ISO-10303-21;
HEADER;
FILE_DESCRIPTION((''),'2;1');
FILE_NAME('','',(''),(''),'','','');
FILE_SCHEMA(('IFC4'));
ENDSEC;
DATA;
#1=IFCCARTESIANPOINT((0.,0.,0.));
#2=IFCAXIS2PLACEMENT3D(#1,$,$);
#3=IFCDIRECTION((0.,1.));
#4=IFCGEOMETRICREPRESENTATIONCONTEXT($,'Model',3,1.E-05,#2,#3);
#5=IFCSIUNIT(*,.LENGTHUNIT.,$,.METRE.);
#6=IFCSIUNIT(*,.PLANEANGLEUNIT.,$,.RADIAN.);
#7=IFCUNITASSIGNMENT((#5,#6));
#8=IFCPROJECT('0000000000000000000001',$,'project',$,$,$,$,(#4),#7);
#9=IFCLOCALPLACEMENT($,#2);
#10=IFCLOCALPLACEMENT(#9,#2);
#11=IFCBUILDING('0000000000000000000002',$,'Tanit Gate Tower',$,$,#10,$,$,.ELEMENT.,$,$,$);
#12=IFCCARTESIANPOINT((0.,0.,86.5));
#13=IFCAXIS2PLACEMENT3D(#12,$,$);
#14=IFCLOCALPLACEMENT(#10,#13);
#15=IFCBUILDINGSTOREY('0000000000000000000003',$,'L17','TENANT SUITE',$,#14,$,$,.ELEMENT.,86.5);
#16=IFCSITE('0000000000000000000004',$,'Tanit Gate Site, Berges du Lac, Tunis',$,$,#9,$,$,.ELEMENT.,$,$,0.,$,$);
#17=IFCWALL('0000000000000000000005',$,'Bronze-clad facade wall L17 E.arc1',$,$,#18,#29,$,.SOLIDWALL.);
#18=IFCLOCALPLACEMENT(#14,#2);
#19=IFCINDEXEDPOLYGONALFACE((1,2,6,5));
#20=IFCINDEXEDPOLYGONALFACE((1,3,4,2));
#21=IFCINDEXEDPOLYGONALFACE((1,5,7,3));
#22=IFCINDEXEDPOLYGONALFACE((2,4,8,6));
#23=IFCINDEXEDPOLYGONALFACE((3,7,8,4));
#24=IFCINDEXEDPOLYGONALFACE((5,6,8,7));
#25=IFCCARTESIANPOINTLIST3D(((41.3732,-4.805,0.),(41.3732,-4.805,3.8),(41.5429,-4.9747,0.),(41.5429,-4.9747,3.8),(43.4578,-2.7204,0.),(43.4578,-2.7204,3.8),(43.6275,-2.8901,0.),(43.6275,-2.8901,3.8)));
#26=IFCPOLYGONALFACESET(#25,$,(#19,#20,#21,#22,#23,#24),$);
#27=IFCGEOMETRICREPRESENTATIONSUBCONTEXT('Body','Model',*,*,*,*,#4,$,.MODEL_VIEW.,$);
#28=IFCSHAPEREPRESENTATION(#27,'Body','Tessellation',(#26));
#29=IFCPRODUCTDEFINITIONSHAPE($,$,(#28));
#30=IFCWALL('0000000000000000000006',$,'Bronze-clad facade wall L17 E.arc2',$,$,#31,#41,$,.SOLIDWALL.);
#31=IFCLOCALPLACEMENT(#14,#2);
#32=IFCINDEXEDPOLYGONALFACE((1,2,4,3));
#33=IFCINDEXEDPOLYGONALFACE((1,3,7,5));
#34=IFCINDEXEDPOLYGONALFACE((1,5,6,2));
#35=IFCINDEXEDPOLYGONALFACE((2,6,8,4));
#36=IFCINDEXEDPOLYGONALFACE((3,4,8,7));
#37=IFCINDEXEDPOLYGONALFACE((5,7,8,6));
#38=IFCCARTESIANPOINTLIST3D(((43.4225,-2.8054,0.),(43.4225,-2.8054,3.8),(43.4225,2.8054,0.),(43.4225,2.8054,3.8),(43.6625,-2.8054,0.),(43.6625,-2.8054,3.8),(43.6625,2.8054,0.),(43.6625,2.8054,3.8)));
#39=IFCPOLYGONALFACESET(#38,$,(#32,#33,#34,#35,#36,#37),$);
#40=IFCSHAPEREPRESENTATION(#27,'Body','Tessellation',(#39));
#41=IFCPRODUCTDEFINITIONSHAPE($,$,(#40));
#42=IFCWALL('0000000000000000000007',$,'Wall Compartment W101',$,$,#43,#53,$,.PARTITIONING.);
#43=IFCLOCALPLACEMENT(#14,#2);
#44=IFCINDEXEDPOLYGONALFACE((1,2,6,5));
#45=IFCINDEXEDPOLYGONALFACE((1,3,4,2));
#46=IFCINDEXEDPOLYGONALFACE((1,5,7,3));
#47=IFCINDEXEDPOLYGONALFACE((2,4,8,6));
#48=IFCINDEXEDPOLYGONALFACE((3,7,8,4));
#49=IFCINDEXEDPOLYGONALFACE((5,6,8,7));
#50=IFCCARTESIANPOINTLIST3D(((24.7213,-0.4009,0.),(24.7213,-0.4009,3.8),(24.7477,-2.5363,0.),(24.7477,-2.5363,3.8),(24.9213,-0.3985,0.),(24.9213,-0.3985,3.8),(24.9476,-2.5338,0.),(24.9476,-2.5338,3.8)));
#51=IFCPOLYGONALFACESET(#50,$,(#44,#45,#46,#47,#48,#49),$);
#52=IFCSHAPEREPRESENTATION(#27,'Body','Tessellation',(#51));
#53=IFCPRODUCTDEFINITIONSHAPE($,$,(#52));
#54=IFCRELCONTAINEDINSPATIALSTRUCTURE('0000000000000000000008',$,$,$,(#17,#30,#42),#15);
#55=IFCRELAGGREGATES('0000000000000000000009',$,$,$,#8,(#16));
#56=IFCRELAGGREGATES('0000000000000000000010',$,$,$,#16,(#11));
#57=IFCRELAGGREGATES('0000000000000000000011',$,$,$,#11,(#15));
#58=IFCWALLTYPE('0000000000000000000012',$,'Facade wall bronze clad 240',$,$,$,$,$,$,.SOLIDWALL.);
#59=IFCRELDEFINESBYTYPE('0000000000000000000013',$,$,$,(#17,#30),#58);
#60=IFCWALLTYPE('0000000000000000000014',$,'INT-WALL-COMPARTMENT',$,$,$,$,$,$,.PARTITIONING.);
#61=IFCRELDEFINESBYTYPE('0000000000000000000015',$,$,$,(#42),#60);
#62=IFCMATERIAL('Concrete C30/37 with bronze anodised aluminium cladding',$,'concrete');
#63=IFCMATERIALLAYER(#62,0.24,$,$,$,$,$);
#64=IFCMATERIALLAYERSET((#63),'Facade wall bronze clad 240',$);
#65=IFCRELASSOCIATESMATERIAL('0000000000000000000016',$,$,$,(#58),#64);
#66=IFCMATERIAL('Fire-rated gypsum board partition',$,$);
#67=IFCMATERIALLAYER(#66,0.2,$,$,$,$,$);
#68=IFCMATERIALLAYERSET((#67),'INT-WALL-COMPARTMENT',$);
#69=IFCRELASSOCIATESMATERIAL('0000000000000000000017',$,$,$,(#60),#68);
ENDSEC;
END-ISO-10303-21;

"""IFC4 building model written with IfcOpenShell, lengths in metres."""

from ifc_helpers import new_model, si_unit, direction, frame, frame_2d, origin, place, context, subcontext, project, spatial, rectangle, extrude, material, layer, layer_set, type_object, element, save


model = new_model("IFC4")

# Units and contexts
model_context = context("Model", 3, precision=1e-05, world=origin(), true_north=direction((0.0, 1.0)))
body_context = subcontext(model_context, "Body", "Model", "MODEL_VIEW")
ifc_project = project(units=[si_unit("LENGTHUNIT", "METRE"), si_unit("PLANEANGLEUNIT", "RADIAN")], contexts=[model_context])

# Site, building, storey
site_placement = place(None, origin())
site = spatial("IfcSite", under=ifc_project, at=site_placement, Name="Tanit Gate Site, Berges du Lac, Tunis", CompositionType="ELEMENT", RefElevation=0.0)
building_placement = place(site_placement, origin())
building = spatial("IfcBuilding", under=site, at=building_placement, Name="Tanit Gate Tower", CompositionType="ELEMENT")
storey_placement = place(building_placement, frame((0.0, 0.0, 86.5)))
storey = spatial("IfcBuildingStorey", under=building, at=storey_placement, Name="L17", Description="TENANT SUITE", CompositionType="ELEMENT", Elevation=86.5)

# Walls
ifc_material_1 = material(Name="Concrete C30/37 with bronze anodised aluminium cladding", Category="concrete")
ifc_layer_1 = layer(ifc_material_1, 0.24)
ifc_layer_set_1 = layer_set([ifc_layer_1], Name="Facade wall bronze clad 240")
wall_type_1 = type_object("IfcWallType", Name="Facade wall bronze clad 240", PredefinedType="SOLIDWALL", material=ifc_layer_set_1)
wall_1_placement = place(storey_placement, frame((41.458, -4.8899, 0.0), z_axis=(0.0, 0.0, 1.0), x_axis=(0.707107, 0.707107, 0.0)))
element("IfcWall", 1, at=wall_1_placement, inside=storey, type_object=wall_type_1, Name="Bronze-clad facade wall L17 E.arc1", PredefinedType="SOLIDWALL", context=body_context, shape_type="SweptSolid", body=[
    extrude(rectangle(XDim=2.948, YDim=0.24, at=frame_2d((1.4741, 0.0))), origin(), (0.0, 0.0, 1.0), 3.8),
])
wall_2_placement = place(storey_placement, frame((43.5425, -2.8054, 0.0), z_axis=(0.0, 0.0, 1.0), x_axis=(0.0, 1.0, 0.0)))
element("IfcWall", 2, at=wall_2_placement, inside=storey, type_object=wall_type_1, Name="Bronze-clad facade wall L17 E.arc2", PredefinedType="SOLIDWALL", context=body_context, shape_type="SweptSolid", body=[
    extrude(rectangle(XDim=5.6108, YDim=0.24, at=frame_2d((2.8054, 0.0))), origin(), (0.0, 0.0, 1.0), 3.8),
])
ifc_material_2 = material(Name="Fire-rated gypsum board partition")
ifc_layer_2 = layer(ifc_material_2, 0.2)
ifc_layer_set_2 = layer_set([ifc_layer_2], Name="INT-WALL-COMPARTMENT")
wall_type_2 = type_object("IfcWallType", Name="INT-WALL-COMPARTMENT", PredefinedType="PARTITIONING", material=ifc_layer_set_2)
wall_3_placement = place(storey_placement, frame((24.8477, -2.5352, 0.0), z_axis=(0.0, 0.0, 1.0), x_axis=(-0.012348, 0.999924, 0.0)))
element("IfcWall", 3, at=wall_3_placement, inside=storey, type_object=wall_type_2, Name="Wall Compartment W101", PredefinedType="PARTITIONING", context=body_context, shape_type="SweptSolid", body=[
    extrude(rectangle(XDim=2.1355, YDim=0.2, at=frame_2d((1.0679, 0.0))), origin(), (0.0, 0.0, 1.0), 3.8),
])

save(model, "model.ifc")
